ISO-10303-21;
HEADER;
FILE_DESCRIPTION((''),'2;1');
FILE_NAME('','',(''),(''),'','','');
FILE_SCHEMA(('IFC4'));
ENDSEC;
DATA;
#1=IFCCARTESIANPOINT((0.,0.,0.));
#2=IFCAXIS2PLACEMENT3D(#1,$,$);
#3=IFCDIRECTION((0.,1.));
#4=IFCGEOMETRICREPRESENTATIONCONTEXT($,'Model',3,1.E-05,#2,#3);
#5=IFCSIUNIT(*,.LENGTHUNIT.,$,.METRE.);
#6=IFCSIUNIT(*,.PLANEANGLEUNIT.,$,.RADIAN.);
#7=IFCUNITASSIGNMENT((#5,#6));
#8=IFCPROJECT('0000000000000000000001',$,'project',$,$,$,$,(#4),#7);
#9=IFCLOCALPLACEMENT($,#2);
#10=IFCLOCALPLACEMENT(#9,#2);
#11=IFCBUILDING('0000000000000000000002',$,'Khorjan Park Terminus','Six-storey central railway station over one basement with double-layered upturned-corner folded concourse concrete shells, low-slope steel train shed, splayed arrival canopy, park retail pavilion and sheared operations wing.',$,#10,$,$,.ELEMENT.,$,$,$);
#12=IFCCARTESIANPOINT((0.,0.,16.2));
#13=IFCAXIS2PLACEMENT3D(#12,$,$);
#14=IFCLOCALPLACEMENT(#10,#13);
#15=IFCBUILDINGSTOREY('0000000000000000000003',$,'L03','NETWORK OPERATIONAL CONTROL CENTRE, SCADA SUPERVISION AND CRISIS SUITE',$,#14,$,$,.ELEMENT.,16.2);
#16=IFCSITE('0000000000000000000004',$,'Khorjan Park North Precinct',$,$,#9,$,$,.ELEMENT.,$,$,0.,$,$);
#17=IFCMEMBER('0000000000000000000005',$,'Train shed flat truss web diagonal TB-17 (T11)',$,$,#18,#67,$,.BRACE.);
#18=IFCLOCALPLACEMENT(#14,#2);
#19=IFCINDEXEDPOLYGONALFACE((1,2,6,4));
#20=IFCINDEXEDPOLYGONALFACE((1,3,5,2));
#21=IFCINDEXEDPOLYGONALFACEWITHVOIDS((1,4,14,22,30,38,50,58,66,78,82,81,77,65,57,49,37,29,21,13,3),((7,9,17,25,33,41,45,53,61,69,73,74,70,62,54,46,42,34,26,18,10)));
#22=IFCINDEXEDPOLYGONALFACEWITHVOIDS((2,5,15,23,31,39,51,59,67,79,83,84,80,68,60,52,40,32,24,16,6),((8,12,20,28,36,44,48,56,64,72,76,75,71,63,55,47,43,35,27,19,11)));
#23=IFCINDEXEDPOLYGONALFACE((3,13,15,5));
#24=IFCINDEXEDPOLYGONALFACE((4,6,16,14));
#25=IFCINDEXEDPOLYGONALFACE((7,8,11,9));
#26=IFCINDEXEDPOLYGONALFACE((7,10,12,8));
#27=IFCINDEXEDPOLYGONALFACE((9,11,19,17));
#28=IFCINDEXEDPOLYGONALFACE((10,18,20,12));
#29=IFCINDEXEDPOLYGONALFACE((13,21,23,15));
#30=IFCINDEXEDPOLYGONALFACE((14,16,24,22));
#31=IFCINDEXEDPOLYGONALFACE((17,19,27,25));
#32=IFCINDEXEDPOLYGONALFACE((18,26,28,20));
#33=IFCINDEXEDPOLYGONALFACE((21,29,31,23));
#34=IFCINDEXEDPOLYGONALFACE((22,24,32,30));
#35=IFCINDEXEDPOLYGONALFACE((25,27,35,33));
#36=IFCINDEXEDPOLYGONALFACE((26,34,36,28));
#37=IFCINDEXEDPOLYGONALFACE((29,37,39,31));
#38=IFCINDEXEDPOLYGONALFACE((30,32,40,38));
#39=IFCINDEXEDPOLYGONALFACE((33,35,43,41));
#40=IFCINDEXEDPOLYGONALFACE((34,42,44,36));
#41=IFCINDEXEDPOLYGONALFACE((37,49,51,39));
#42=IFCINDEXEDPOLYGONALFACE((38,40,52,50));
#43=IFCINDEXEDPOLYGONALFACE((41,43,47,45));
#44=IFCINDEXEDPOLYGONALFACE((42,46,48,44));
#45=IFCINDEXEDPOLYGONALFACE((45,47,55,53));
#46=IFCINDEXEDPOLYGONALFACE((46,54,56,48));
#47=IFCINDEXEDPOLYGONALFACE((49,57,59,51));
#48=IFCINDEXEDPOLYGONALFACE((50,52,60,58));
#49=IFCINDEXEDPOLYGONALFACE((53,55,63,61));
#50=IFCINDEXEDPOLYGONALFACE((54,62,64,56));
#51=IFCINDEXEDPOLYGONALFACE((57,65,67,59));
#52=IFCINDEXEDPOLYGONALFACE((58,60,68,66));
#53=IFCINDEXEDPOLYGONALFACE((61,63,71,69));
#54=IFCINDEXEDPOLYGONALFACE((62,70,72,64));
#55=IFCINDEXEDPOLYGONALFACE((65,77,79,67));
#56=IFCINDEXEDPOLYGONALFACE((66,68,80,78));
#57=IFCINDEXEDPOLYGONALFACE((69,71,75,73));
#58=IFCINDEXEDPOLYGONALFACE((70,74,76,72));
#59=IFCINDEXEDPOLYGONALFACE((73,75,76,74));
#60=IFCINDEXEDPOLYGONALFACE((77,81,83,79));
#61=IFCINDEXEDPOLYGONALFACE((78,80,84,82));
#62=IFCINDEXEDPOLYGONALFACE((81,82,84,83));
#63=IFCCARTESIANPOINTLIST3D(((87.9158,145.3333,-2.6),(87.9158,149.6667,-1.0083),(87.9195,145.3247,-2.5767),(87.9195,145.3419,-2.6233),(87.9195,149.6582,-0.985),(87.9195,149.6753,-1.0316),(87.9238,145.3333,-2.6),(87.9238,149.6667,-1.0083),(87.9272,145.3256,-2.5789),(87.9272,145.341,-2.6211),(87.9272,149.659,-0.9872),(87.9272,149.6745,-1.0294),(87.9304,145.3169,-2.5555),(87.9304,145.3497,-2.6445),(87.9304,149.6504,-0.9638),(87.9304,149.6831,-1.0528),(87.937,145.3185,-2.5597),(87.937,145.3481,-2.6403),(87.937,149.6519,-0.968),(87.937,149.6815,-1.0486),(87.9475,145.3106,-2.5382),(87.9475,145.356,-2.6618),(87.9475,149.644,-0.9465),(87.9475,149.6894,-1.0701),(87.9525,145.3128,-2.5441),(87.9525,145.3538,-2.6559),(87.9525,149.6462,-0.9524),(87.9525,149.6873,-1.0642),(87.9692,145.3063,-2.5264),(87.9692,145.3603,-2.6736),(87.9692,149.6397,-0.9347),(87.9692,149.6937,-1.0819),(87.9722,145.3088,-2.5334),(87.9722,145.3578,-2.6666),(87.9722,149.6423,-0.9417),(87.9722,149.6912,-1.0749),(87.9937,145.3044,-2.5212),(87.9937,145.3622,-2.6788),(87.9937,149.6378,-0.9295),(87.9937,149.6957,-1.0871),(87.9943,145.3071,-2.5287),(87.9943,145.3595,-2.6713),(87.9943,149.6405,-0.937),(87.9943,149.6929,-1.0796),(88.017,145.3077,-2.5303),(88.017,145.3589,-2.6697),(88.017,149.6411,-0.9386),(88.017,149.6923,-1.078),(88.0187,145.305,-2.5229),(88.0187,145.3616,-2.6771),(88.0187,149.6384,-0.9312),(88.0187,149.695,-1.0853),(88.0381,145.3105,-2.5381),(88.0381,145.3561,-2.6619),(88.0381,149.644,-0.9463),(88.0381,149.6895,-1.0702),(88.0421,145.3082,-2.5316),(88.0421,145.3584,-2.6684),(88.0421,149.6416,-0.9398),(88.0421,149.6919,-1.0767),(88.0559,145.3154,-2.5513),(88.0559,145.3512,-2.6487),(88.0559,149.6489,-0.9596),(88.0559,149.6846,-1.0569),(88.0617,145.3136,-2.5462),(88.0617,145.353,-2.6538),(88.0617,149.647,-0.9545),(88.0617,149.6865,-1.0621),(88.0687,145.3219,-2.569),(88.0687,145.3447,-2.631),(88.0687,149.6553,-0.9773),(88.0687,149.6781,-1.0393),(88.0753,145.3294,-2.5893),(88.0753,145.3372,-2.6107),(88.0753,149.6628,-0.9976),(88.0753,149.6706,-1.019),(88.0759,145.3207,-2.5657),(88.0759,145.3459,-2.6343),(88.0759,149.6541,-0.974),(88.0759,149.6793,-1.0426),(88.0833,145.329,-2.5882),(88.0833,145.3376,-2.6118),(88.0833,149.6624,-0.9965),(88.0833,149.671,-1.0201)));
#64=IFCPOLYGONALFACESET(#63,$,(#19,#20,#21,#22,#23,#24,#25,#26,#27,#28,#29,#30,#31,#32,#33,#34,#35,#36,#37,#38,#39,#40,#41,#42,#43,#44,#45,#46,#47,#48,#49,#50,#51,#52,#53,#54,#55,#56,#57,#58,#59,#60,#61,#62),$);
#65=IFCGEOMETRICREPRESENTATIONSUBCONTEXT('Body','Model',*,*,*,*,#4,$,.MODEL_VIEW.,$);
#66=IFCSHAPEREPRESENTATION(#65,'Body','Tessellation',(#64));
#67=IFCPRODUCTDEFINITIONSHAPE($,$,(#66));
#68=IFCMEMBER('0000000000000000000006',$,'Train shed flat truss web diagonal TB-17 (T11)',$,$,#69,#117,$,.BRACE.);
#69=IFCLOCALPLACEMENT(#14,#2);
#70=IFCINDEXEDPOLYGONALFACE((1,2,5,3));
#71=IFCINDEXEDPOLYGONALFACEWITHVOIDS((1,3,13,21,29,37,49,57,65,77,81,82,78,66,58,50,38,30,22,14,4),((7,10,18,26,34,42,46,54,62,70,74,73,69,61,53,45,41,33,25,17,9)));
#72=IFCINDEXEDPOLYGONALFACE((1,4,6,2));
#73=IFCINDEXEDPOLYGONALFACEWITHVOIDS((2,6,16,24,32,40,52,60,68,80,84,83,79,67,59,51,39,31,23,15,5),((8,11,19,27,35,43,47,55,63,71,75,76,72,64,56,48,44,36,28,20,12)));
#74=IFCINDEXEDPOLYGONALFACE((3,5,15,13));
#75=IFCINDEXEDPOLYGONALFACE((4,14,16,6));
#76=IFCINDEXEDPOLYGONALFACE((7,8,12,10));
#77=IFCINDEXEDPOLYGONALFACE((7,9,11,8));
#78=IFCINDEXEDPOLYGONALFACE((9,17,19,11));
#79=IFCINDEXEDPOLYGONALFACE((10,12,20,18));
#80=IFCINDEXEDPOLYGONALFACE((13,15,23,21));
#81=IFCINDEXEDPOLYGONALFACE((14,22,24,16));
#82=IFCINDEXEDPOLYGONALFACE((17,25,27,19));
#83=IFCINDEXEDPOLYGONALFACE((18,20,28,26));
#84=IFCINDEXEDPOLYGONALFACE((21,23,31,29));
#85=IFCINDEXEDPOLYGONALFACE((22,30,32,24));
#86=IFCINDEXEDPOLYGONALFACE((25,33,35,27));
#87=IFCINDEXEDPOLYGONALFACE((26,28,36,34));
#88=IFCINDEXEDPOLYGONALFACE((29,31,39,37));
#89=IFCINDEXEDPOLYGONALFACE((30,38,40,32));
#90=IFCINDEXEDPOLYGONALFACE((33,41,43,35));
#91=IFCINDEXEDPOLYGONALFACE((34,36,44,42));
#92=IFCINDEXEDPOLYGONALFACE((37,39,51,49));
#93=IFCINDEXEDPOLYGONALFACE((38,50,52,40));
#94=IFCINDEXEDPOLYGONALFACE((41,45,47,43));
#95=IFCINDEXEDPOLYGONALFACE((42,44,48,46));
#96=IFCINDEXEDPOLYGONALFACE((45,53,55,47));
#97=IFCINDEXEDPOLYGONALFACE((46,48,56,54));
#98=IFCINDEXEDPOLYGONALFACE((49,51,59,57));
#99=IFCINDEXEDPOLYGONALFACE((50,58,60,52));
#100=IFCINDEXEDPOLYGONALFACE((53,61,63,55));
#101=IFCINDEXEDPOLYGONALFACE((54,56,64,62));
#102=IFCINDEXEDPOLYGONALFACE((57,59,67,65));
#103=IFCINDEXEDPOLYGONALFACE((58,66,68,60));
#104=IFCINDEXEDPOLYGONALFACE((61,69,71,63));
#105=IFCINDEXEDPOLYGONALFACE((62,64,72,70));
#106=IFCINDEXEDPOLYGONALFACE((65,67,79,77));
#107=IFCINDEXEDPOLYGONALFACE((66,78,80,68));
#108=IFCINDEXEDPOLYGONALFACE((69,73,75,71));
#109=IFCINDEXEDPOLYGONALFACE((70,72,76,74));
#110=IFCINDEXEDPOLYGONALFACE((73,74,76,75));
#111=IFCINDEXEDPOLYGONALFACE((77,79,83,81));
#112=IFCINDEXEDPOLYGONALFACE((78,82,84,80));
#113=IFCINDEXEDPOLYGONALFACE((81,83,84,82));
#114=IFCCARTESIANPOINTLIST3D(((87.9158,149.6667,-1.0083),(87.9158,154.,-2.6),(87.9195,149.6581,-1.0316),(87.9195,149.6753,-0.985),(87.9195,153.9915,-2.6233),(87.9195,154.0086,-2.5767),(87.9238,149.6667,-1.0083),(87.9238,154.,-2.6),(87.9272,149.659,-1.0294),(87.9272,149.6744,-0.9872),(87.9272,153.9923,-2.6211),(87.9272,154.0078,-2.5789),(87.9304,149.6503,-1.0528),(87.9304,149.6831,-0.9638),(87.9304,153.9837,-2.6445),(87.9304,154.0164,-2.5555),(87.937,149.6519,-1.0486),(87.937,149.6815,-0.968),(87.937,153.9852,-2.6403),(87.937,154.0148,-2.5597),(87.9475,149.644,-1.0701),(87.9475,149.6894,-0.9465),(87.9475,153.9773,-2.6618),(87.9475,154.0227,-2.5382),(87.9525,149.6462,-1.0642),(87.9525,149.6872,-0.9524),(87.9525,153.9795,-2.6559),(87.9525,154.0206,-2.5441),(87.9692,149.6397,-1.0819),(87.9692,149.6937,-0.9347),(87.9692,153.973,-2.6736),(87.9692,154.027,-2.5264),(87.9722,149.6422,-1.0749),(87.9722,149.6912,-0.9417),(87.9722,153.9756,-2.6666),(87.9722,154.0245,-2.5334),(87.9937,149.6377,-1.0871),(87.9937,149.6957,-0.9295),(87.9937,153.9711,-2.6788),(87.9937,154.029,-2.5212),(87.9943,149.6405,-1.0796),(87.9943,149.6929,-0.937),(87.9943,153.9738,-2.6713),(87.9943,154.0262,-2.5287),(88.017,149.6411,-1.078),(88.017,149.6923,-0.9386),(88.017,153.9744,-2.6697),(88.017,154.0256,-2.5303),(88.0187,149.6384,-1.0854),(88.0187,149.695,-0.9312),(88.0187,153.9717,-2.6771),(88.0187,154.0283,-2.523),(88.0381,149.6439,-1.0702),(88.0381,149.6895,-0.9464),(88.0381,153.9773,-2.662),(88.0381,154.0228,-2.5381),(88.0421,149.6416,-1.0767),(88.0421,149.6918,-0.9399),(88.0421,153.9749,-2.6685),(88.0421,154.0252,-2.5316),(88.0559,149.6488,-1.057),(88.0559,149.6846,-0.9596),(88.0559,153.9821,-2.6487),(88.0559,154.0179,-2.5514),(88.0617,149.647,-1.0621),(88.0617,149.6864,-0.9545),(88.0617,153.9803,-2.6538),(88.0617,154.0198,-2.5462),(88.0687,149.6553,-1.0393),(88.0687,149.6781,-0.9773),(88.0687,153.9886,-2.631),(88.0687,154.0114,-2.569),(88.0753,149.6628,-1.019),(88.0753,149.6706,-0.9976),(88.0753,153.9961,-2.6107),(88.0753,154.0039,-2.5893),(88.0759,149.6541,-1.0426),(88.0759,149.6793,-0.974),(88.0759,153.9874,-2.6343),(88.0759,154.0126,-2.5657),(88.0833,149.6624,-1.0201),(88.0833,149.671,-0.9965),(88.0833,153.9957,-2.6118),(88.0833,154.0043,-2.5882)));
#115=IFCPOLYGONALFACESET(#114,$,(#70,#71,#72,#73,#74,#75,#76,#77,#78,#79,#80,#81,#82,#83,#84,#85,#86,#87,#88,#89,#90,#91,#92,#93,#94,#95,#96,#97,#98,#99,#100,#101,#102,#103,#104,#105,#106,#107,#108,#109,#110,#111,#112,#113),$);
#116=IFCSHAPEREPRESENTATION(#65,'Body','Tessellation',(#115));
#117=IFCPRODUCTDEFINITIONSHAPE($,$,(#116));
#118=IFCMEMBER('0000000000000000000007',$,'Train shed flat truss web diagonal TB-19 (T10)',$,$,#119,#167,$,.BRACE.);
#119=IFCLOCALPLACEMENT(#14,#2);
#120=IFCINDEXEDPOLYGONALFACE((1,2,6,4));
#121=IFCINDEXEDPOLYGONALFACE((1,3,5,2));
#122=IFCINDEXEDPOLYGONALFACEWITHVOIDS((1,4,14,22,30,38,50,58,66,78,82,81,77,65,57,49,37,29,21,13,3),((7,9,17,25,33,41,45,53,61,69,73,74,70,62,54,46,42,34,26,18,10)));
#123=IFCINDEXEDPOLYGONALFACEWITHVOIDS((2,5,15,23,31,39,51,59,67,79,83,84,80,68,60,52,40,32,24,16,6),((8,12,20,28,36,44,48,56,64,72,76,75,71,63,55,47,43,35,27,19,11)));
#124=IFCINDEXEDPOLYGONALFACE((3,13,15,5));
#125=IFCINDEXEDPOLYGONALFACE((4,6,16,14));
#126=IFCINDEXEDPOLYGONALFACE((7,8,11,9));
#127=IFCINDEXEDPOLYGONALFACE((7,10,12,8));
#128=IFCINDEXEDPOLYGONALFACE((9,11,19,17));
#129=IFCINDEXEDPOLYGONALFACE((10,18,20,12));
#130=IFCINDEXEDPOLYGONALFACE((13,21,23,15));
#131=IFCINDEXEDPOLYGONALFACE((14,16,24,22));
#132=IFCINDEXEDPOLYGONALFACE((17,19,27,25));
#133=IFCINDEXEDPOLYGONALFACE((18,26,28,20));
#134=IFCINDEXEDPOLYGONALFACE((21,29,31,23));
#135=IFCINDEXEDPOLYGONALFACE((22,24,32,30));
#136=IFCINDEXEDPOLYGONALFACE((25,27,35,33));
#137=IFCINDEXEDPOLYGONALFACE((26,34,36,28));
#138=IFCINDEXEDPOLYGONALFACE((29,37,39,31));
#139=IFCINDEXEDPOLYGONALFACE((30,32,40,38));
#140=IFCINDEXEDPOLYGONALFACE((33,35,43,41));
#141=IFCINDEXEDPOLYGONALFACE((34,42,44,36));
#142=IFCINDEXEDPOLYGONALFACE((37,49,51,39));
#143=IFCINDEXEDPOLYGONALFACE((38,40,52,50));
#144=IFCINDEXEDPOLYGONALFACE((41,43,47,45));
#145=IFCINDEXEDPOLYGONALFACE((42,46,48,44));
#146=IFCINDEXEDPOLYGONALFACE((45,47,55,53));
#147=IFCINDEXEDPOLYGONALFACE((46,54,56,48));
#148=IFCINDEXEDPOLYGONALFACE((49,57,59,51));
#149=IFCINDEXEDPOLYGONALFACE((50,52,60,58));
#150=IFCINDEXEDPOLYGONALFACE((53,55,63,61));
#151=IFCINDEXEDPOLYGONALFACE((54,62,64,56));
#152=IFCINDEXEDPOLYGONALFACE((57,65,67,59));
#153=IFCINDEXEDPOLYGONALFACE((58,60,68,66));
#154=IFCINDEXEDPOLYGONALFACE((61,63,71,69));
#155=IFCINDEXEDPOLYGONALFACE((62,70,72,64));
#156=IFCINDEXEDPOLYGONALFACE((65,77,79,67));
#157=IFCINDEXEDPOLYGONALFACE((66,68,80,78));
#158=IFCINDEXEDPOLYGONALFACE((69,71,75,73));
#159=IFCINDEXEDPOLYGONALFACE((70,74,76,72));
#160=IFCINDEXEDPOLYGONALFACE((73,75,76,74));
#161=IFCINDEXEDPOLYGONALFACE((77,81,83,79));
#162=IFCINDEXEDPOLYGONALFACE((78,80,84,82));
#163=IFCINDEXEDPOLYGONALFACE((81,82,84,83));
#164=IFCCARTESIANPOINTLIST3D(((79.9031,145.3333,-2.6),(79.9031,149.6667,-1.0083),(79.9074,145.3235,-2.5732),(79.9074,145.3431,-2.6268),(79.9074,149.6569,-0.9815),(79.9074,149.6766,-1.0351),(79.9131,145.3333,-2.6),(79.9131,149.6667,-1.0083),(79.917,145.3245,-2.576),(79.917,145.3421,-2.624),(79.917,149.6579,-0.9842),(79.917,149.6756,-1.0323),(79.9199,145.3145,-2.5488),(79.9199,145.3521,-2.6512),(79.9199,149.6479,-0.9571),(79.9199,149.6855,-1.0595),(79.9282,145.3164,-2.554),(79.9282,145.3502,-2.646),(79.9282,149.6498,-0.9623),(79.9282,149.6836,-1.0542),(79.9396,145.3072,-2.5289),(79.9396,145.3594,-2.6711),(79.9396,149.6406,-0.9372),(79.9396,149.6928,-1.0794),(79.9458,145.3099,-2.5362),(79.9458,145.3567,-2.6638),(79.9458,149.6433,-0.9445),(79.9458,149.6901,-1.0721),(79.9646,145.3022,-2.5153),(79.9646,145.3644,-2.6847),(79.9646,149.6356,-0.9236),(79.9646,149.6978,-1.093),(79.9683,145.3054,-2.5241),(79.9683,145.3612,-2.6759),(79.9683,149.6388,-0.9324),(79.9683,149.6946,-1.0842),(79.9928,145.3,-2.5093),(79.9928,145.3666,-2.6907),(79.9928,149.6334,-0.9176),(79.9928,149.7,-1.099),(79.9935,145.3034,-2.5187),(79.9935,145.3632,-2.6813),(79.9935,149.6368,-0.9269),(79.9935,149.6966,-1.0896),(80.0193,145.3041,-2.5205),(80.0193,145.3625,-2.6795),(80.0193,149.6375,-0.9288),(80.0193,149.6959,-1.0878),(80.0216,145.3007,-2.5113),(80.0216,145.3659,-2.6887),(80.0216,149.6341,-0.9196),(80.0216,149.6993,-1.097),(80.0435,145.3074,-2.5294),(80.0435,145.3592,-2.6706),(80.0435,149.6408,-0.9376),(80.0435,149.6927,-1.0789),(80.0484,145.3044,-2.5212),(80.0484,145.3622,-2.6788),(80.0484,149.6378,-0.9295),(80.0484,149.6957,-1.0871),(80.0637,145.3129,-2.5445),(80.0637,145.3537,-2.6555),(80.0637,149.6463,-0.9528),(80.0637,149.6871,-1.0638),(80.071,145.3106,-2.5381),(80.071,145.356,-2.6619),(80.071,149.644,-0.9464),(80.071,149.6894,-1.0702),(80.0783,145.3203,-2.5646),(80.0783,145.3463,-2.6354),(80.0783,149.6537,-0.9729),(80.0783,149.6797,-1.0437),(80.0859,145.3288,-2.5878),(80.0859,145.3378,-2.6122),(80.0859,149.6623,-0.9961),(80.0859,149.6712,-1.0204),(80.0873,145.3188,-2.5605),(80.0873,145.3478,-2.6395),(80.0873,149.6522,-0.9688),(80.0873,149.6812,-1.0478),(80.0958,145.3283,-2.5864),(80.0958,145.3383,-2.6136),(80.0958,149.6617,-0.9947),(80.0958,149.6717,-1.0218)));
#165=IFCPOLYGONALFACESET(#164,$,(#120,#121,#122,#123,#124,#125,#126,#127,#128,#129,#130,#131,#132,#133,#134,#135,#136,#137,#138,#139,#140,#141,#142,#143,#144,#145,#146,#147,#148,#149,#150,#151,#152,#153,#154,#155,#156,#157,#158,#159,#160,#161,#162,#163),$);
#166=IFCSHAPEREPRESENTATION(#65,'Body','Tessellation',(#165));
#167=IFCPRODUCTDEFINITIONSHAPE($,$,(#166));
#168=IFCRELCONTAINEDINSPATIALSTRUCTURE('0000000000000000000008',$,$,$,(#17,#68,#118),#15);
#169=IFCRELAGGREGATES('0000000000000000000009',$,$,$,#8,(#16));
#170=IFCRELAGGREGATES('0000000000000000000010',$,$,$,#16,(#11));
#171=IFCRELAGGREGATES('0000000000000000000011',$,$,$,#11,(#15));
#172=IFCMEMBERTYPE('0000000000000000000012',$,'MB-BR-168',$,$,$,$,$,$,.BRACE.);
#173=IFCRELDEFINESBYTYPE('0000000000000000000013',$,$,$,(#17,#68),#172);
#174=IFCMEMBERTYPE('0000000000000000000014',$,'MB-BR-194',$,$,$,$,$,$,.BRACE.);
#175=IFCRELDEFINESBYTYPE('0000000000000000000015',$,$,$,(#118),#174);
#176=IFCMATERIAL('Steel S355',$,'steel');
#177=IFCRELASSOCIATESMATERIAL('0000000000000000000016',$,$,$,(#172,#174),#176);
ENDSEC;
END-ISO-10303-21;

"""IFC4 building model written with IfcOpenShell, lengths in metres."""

from ifc_helpers import new_model, si_unit, direction, frame, origin, origin_2d, place, context, subcontext, project, spatial, hollow_circle, extrude, material, material_profile, profile_set, type_object, element, save


model = new_model("IFC4")

# Units and contexts
model_context = context("Model", 3, precision=1e-05, world=origin(), true_north=direction((0.0, 1.0)))
body_context = subcontext(model_context, "Body", "Model", "MODEL_VIEW")
ifc_project = project(units=[si_unit("LENGTHUNIT", "METRE"), si_unit("PLANEANGLEUNIT", "RADIAN")], contexts=[model_context])

# Site, building, storey
site_placement = place(None, origin())
site = spatial("IfcSite", under=ifc_project, at=site_placement, Name="Khorjan Park North Precinct", CompositionType="ELEMENT", RefElevation=0.0)
building_placement = place(site_placement, origin())
building = spatial("IfcBuilding", under=site, at=building_placement, Name="Khorjan Park Terminus", Description="Six-storey central railway station over one basement with double-layered upturned-corner folded concourse concrete shells, low-slope steel train shed, splayed arrival canopy, park retail pavilion and sheared operations wing.", CompositionType="ELEMENT")
storey_placement = place(building_placement, frame((0.0, 0.0, 16.2)))
storey = spatial("IfcBuildingStorey", under=building, at=storey_placement, Name="L03", Description="NETWORK OPERATIONAL CONTROL CENTRE, SCADA SUPERVISION AND CRISIS SUITE", CompositionType="ELEMENT", Elevation=16.2)

# Members
ifc_material = material(Name="Steel S355", Category="steel")
ifc_material_profile_1 = material_profile(ifc_material, hollow_circle(Radius=0.0842, WallThickness=0.008, at=origin_2d()), Name="CHS 168.3x8")
ifc_profile_set_1 = profile_set([ifc_material_profile_1], Name="Steel S355")
member_type_1 = type_object("IfcMemberType", Name="MB-BR-168", PredefinedType="BRACE", material=ifc_profile_set_1)
member_1_placement = place(storey_placement, frame((88.0, 145.3333, -2.6), z_axis=(0.0, 0.938681, 0.344787), x_axis=(-1.0, 0.0, 0.0)))
element("IfcMember", 1, at=member_1_placement, inside=storey, type_object=member_type_1, Name="Train shed flat truss web diagonal TB-17 (T11)", PredefinedType="BRACE", context=body_context, shape_type="SweptSolid", body=[
    extrude(hollow_circle(Radius=0.0842, WallThickness=0.008, at=origin_2d()), origin(), (0.0, 0.0, 1.0), 4.6165),
])
member_2_placement = place(storey_placement, frame((88.0, 149.6667, -1.0083), z_axis=(0.0, 0.938678, -0.344794), x_axis=(-1.0, 0.0, 0.0)))
element("IfcMember", 2, at=member_2_placement, inside=storey, type_object=member_type_1, Name="Train shed flat truss web diagonal TB-17 (T11)", PredefinedType="BRACE", context=body_context, shape_type="SweptSolid", body=[
    extrude(hollow_circle(Radius=0.0842, WallThickness=0.008, at=origin_2d()), origin(), (0.0, 0.0, 1.0), 4.6164),
])
ifc_material_profile_2 = material_profile(ifc_material, hollow_circle(Radius=0.0969, WallThickness=0.01, at=origin_2d()), Name="CHS 193.7x10")
ifc_profile_set_2 = profile_set([ifc_material_profile_2], Name="Steel S355")
member_type_2 = type_object("IfcMemberType", Name="MB-BR-194", PredefinedType="BRACE", material=ifc_profile_set_2)
member_3_placement = place(storey_placement, frame((80.0, 145.3333, -2.6), z_axis=(0.0, 0.938681, 0.344787), x_axis=(-1.0, 0.0, 0.0)))
element("IfcMember", 3, at=member_3_placement, inside=storey, type_object=member_type_2, Name="Train shed flat truss web diagonal TB-19 (T10)", PredefinedType="BRACE", context=body_context, shape_type="SweptSolid", body=[
    extrude(hollow_circle(Radius=0.0969, WallThickness=0.01, at=origin_2d()), origin(), (0.0, 0.0, 1.0), 4.6165),
])

save(model, "model.ifc")
